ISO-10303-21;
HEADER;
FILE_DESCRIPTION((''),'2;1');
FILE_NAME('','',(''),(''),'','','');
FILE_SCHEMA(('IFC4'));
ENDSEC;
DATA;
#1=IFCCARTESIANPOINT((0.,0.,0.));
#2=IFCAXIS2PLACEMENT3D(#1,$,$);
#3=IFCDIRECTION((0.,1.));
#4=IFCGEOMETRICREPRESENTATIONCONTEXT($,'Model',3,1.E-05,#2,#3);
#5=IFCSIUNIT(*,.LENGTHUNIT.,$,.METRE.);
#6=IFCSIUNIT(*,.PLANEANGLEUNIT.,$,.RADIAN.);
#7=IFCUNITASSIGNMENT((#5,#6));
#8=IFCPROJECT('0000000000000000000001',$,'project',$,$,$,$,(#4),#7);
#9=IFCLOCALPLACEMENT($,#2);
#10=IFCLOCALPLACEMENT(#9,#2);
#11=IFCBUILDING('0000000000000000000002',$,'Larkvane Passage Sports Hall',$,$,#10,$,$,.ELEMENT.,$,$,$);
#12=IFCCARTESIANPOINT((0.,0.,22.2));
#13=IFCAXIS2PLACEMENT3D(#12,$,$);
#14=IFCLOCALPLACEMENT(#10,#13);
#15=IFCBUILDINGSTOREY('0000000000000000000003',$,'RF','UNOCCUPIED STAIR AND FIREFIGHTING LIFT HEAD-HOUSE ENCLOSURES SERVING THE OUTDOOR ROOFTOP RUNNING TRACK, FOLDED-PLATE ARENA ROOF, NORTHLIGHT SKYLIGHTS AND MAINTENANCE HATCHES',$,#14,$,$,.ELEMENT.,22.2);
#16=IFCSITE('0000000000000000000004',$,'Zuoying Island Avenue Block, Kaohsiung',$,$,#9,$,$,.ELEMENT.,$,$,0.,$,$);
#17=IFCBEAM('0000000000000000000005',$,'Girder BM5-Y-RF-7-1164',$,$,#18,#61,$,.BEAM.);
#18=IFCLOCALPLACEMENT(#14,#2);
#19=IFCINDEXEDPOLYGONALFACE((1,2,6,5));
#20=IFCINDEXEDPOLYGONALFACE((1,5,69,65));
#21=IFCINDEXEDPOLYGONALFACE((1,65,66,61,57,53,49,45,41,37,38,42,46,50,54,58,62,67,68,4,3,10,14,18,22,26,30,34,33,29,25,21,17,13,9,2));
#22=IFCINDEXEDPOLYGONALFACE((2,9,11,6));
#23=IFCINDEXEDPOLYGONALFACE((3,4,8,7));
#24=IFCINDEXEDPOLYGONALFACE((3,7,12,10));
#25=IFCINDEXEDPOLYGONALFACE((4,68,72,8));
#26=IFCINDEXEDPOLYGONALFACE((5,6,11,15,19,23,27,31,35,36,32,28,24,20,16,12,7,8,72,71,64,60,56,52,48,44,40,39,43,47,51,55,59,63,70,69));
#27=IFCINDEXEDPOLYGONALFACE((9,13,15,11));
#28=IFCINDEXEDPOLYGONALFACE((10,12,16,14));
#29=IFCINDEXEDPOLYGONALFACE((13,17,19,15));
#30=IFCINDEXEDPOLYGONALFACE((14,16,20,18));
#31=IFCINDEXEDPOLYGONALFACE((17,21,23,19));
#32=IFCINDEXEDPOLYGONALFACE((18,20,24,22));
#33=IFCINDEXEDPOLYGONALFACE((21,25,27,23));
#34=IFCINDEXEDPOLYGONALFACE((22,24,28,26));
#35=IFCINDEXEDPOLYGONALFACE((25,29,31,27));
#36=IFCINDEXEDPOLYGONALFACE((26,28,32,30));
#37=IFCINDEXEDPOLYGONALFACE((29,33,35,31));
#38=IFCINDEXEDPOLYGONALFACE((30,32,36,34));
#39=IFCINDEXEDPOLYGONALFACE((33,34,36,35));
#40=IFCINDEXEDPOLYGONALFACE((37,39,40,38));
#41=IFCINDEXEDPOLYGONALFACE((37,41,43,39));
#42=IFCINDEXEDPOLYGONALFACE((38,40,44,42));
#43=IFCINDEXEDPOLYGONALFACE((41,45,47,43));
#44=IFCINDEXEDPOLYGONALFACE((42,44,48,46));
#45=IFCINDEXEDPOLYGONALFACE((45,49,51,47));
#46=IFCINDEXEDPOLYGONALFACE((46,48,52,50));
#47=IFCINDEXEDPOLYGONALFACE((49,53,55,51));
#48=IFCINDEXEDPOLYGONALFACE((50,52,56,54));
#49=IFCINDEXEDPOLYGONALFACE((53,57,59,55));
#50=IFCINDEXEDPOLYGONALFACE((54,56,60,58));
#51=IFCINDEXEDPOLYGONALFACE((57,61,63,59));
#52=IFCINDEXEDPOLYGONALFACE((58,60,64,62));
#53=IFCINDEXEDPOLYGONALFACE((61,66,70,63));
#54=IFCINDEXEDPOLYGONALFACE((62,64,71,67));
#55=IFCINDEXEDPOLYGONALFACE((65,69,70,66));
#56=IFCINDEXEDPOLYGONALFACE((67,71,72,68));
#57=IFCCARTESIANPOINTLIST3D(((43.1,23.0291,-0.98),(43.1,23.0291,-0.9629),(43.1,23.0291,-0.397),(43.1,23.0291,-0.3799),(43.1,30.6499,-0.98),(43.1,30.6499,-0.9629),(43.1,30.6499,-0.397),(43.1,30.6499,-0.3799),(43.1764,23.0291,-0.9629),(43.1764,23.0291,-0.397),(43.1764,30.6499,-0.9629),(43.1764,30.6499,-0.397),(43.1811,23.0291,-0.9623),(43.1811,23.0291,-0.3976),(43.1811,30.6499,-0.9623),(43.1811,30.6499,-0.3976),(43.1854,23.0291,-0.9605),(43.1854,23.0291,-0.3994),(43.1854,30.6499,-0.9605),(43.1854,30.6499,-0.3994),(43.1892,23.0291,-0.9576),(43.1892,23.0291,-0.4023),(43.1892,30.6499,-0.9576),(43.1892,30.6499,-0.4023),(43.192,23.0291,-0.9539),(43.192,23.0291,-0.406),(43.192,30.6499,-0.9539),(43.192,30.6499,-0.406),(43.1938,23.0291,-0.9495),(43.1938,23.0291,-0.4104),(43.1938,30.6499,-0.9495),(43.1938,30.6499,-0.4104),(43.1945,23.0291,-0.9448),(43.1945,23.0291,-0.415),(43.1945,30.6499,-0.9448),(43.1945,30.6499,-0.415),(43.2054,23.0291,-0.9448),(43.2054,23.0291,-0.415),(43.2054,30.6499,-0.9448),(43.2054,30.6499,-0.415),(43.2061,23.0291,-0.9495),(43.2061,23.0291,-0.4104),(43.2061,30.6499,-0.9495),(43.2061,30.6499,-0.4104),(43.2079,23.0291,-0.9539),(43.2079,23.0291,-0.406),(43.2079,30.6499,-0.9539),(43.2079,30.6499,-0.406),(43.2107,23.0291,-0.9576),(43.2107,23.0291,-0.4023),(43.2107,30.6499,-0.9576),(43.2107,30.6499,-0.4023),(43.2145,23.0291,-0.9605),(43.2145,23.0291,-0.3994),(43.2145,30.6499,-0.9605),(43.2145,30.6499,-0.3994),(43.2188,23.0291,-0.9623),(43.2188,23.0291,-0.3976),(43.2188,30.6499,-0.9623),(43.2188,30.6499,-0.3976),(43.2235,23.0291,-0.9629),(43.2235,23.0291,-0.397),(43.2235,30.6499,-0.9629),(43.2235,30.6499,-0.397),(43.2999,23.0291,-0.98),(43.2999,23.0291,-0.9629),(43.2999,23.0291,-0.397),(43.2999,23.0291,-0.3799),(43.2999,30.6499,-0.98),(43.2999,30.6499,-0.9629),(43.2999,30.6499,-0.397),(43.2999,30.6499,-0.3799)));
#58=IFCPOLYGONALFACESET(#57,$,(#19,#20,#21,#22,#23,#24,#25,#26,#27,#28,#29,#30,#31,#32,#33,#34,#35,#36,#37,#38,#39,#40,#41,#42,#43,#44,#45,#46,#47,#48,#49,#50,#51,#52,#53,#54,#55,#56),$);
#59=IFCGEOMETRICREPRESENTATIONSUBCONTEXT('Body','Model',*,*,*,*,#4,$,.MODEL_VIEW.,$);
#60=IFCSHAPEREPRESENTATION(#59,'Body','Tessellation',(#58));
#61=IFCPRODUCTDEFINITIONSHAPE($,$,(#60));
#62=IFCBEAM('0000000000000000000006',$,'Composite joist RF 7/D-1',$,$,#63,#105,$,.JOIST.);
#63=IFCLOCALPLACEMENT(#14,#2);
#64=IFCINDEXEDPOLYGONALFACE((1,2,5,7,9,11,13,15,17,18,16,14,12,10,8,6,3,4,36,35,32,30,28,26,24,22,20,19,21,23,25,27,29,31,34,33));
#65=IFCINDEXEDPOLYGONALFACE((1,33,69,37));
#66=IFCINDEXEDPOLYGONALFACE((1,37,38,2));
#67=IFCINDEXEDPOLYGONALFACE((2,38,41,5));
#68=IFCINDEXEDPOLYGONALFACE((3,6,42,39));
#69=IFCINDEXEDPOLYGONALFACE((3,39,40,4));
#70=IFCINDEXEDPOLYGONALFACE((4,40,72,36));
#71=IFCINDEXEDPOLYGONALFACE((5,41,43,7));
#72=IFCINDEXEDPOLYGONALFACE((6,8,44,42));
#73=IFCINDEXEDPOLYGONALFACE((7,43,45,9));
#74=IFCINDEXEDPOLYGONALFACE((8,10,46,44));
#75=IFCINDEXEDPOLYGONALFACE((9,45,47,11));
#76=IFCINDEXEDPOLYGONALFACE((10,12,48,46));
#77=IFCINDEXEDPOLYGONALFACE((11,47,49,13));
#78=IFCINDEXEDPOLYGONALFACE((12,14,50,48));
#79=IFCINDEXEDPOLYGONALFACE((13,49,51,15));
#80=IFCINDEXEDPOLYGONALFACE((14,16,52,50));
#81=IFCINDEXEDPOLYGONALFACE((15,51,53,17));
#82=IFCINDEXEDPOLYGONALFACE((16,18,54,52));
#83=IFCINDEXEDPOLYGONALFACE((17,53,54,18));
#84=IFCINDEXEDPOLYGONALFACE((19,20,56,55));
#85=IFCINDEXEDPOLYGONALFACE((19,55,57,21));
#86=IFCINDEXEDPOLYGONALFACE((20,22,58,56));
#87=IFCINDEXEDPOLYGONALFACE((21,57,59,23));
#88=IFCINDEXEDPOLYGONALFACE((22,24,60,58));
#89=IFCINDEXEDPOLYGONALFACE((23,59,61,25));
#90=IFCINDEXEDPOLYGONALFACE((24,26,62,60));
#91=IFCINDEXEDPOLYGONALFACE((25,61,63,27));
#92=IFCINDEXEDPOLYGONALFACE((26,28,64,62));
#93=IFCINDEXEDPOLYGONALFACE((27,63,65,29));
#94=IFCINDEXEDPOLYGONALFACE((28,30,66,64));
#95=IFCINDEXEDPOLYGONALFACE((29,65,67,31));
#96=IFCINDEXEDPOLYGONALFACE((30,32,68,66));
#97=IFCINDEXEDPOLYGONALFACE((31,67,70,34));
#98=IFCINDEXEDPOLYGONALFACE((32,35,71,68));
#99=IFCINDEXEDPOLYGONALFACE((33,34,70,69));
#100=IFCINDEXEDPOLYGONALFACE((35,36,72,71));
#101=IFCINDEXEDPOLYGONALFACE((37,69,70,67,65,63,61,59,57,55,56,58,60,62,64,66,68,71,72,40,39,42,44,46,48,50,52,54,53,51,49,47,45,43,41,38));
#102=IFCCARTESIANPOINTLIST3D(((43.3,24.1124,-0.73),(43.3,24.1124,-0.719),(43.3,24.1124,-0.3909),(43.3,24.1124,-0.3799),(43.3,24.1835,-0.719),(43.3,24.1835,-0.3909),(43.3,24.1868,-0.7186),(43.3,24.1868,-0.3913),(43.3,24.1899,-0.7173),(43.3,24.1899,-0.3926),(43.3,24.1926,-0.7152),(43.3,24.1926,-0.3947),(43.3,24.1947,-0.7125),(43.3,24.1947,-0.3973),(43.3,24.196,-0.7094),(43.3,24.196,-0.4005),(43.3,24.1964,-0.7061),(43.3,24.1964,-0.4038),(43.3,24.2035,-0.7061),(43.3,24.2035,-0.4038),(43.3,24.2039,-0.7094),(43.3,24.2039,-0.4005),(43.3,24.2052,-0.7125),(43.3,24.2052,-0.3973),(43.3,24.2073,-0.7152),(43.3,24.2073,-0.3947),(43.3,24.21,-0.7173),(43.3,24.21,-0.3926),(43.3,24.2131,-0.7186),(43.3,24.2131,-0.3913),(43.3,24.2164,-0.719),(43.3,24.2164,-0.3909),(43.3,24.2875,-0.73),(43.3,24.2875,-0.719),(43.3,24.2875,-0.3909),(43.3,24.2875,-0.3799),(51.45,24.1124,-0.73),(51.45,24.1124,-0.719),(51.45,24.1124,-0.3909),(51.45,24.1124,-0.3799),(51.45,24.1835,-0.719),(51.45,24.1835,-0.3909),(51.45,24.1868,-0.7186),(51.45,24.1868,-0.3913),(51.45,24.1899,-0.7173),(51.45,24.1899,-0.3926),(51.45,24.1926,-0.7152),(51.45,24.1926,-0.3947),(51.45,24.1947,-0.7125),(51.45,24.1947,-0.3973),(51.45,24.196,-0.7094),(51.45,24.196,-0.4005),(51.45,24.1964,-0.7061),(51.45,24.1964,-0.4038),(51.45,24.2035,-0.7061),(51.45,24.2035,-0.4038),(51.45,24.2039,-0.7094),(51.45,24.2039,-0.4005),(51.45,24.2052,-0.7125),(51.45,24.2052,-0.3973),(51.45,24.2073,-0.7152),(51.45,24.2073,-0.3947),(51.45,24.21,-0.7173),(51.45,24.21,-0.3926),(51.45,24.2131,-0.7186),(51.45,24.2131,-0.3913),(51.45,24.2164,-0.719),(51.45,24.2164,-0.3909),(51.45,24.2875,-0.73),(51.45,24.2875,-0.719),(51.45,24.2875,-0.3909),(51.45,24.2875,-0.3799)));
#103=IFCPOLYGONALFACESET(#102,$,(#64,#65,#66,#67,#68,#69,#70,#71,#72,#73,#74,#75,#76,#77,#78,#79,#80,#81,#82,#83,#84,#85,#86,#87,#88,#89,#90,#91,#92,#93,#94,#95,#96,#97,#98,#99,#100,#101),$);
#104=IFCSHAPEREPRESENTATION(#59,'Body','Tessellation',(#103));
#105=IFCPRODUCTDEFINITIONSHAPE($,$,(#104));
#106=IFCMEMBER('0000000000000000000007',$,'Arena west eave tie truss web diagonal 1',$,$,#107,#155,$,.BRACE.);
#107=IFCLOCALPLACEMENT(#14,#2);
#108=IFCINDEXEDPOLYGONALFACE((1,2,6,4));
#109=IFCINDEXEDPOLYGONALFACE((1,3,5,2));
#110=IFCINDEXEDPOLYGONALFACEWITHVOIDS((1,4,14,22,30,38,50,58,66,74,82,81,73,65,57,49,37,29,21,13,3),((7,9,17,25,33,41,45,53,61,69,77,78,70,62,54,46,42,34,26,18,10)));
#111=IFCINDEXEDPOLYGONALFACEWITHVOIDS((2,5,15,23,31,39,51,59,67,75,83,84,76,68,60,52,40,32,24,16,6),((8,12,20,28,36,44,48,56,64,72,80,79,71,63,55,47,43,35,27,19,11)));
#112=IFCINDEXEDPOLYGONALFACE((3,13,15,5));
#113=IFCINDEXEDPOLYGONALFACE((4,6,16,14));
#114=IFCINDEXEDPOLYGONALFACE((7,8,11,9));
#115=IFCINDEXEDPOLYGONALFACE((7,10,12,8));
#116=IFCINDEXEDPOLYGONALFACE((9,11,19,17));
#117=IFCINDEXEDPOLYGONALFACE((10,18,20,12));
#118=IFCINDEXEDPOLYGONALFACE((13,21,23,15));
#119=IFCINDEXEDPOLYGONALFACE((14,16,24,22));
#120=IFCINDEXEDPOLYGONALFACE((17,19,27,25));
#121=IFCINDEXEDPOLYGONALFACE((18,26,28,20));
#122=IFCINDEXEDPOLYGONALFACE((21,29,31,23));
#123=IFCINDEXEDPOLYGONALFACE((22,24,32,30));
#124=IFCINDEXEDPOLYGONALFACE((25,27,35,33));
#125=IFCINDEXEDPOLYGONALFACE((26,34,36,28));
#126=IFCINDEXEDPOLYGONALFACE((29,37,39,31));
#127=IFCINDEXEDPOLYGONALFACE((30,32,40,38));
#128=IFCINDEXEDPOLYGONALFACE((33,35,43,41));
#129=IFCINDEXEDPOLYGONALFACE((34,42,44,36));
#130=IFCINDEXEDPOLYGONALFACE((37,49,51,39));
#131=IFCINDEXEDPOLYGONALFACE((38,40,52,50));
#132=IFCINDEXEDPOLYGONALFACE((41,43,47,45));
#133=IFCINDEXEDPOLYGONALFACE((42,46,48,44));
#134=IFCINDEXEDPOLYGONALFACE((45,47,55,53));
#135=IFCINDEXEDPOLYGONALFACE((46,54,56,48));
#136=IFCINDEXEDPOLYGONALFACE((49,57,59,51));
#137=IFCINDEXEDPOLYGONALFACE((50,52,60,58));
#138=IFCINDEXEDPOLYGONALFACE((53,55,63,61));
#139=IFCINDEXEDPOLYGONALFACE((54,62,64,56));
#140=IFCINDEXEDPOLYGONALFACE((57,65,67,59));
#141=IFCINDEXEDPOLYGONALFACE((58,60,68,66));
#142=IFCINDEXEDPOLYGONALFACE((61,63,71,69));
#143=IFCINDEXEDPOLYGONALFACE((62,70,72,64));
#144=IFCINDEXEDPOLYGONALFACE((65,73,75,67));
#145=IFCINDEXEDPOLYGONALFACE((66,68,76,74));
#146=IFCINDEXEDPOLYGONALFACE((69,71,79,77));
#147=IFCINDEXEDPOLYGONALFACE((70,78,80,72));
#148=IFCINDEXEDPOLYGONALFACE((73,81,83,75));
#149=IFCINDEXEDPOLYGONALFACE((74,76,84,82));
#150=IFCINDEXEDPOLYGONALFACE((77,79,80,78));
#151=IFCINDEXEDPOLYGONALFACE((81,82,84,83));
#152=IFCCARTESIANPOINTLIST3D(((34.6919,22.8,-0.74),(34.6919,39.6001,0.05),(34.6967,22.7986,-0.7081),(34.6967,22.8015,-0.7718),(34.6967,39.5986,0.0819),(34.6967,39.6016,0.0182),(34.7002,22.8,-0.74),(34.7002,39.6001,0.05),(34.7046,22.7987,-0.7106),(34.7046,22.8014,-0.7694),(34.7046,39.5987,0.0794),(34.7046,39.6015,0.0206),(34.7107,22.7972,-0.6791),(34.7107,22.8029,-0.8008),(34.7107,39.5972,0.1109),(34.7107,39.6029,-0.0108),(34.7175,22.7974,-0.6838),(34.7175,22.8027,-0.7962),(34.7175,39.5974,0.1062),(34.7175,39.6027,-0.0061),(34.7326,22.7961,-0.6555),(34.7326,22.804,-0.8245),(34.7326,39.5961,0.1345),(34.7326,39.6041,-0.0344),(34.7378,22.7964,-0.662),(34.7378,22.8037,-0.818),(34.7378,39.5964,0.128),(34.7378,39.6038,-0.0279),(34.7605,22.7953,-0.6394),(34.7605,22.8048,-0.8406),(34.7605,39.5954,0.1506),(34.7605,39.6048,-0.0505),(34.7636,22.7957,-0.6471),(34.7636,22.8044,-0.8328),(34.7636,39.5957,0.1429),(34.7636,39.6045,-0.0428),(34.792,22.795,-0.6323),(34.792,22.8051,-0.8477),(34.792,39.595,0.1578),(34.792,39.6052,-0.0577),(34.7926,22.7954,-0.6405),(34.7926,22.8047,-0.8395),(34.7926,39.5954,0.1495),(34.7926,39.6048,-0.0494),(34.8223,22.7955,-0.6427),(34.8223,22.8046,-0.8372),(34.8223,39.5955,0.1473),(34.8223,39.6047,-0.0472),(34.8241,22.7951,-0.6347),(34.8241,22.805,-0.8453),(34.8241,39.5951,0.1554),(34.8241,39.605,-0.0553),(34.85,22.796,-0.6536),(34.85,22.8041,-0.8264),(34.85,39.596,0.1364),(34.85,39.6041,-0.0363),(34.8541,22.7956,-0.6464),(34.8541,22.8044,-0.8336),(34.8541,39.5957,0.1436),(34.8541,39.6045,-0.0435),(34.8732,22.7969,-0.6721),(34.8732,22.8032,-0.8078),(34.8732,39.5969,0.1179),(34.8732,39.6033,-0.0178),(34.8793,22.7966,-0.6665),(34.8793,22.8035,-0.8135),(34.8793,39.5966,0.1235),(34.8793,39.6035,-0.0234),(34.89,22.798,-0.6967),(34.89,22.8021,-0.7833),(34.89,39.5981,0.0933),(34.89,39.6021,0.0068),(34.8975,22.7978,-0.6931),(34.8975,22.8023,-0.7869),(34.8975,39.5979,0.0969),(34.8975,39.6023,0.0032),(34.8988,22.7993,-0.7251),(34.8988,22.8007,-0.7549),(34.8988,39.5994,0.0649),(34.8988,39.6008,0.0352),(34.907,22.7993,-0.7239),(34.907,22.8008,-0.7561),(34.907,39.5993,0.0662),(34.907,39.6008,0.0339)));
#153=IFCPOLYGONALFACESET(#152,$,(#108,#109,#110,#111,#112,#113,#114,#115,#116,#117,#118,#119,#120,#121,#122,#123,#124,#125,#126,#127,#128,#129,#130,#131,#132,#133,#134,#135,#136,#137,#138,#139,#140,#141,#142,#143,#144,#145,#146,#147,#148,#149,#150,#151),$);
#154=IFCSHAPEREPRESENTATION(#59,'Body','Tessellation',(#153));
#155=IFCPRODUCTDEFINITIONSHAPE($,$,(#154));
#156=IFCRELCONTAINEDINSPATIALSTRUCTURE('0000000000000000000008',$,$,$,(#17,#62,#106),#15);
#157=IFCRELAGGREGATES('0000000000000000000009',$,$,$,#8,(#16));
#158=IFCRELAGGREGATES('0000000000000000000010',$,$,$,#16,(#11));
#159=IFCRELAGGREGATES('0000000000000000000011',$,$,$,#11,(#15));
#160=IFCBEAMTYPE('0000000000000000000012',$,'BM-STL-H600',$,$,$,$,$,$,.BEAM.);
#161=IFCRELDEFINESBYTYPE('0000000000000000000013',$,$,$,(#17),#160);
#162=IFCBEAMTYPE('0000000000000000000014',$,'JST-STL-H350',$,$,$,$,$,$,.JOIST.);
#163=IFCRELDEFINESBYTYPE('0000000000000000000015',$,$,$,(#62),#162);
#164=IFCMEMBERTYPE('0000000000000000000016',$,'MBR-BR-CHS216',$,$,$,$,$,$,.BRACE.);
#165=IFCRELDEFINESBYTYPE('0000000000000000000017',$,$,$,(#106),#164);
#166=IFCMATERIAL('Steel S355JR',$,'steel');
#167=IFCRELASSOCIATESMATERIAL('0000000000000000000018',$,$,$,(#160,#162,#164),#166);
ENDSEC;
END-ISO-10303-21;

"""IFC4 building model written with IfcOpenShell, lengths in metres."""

from ifc_helpers import new_model, si_unit, direction, frame, origin, origin_2d, place, context, subcontext, project, spatial, hollow_circle, i_section, extrude, material, material_profile, profile_set, type_object, element, save


model = new_model("IFC4")

# Units and contexts
model_context = context("Model", 3, precision=1e-05, world=origin(), true_north=direction((0.0, 1.0)))
body_context = subcontext(model_context, "Body", "Model", "MODEL_VIEW")
ifc_project = project(units=[si_unit("LENGTHUNIT", "METRE"), si_unit("PLANEANGLEUNIT", "RADIAN")], contexts=[model_context])

# Site, building, storey
site_placement = place(None, origin())
site = spatial("IfcSite", under=ifc_project, at=site_placement, Name="Zuoying Island Avenue Block, Kaohsiung", CompositionType="ELEMENT", RefElevation=0.0)
building_placement = place(site_placement, origin())
building = spatial("IfcBuilding", under=site, at=building_placement, Name="Larkvane Passage Sports Hall", CompositionType="ELEMENT")
storey_placement = place(building_placement, frame((0.0, 0.0, 22.2)))
storey = spatial("IfcBuildingStorey", under=building, at=storey_placement, Name="RF", Description="UNOCCUPIED STAIR AND FIREFIGHTING LIFT HEAD-HOUSE ENCLOSURES SERVING THE OUTDOOR ROOFTOP RUNNING TRACK, FOLDED-PLATE ARENA ROOF, NORTHLIGHT SKYLIGHTS AND MAINTENANCE HATCHES", CompositionType="ELEMENT", Elevation=22.2)

# Beams
ifc_material_1 = material(Name="Steel S355JR", Category="steel")
ifc_material_profile_1 = material_profile(ifc_material_1, i_section(OverallWidth=0.2, OverallDepth=0.6001, WebThickness=0.011, FlangeThickness=0.0171, FilletRadius=0.0181, at=origin_2d()), Name="H-600x200x11x17")
ifc_profile_set_1 = profile_set([ifc_material_profile_1], Name="Steel S355JR")
beam_type_1 = type_object("IfcBeamType", Name="BM-STL-H600", PredefinedType="BEAM", material=ifc_profile_set_1)
beam_1_placement = place(storey_placement, frame((43.2, 23.0291, -0.6799), z_axis=(0.0, 1.0, 0.0), x_axis=(-1.0, 0.0, 0.0)))
element("IfcBeam", 1, at=beam_1_placement, inside=storey, type_object=beam_type_1, Name="Girder BM5-Y-RF-7-1164", PredefinedType="BEAM", context=body_context, shape_type="SweptSolid", body=[
    extrude(i_section(OverallWidth=0.2, OverallDepth=0.6001, WebThickness=0.011, FlangeThickness=0.0171, FilletRadius=0.0181, at=origin_2d()), origin(), (0.0, 0.0, 1.0), 7.6208),
])
ifc_material_profile_2 = material_profile(ifc_material_1, i_section(OverallWidth=0.175, OverallDepth=0.3501, WebThickness=0.0071, FlangeThickness=0.011, FilletRadius=0.0129, at=origin_2d()), Name="H-350x175x7x11")
ifc_profile_set_2 = profile_set([ifc_material_profile_2], Name="Steel S355JR")
beam_type_2 = type_object("IfcBeamType", Name="JST-STL-H350", PredefinedType="JOIST", material=ifc_profile_set_2)
beam_2_placement = place(storey_placement, frame((43.3, 24.2, -0.5549), z_axis=(1.0, 0.0, 0.0), x_axis=(0.0, 1.0, 0.0)))
element("IfcBeam", 2, at=beam_2_placement, inside=storey, type_object=beam_type_2, Name="Composite joist RF 7/D-1", PredefinedType="JOIST", context=body_context, shape_type="SweptSolid", body=[
    extrude(i_section(OverallWidth=0.175, OverallDepth=0.3501, WebThickness=0.0071, FlangeThickness=0.011, FilletRadius=0.0129, at=origin_2d()), origin(), (0.0, 0.0, 1.0), 8.1499),
])

# Member
ifc_material_profile_3 = material_profile(ifc_material_1, hollow_circle(Radius=0.1082, WallThickness=0.0083, at=origin_2d()), Name="CHS-216.3x8.2")
ifc_profile_set_3 = profile_set([ifc_material_profile_3], Name="Steel S355JR")
member_type_1 = type_object("IfcMemberType", Name="MBR-BR-CHS216", PredefinedType="BRACE", material=ifc_profile_set_3)
member_1_placement = place(storey_placement, frame((34.8, 22.8, -0.74), z_axis=(0.0, 0.998896, 0.046974), x_axis=(-1.0, 0.0, 0.0)))
element("IfcMember", 3, at=member_1_placement, inside=storey, type_object=member_type_1, Name="Arena west eave tie truss web diagonal 1", PredefinedType="BRACE", context=body_context, shape_type="SweptSolid", body=[
    extrude(hollow_circle(Radius=0.1082, WallThickness=0.0083, at=origin_2d()), origin(), (0.0, 0.0, 1.0), 16.8186),
])

save(model, "model.ifc")
